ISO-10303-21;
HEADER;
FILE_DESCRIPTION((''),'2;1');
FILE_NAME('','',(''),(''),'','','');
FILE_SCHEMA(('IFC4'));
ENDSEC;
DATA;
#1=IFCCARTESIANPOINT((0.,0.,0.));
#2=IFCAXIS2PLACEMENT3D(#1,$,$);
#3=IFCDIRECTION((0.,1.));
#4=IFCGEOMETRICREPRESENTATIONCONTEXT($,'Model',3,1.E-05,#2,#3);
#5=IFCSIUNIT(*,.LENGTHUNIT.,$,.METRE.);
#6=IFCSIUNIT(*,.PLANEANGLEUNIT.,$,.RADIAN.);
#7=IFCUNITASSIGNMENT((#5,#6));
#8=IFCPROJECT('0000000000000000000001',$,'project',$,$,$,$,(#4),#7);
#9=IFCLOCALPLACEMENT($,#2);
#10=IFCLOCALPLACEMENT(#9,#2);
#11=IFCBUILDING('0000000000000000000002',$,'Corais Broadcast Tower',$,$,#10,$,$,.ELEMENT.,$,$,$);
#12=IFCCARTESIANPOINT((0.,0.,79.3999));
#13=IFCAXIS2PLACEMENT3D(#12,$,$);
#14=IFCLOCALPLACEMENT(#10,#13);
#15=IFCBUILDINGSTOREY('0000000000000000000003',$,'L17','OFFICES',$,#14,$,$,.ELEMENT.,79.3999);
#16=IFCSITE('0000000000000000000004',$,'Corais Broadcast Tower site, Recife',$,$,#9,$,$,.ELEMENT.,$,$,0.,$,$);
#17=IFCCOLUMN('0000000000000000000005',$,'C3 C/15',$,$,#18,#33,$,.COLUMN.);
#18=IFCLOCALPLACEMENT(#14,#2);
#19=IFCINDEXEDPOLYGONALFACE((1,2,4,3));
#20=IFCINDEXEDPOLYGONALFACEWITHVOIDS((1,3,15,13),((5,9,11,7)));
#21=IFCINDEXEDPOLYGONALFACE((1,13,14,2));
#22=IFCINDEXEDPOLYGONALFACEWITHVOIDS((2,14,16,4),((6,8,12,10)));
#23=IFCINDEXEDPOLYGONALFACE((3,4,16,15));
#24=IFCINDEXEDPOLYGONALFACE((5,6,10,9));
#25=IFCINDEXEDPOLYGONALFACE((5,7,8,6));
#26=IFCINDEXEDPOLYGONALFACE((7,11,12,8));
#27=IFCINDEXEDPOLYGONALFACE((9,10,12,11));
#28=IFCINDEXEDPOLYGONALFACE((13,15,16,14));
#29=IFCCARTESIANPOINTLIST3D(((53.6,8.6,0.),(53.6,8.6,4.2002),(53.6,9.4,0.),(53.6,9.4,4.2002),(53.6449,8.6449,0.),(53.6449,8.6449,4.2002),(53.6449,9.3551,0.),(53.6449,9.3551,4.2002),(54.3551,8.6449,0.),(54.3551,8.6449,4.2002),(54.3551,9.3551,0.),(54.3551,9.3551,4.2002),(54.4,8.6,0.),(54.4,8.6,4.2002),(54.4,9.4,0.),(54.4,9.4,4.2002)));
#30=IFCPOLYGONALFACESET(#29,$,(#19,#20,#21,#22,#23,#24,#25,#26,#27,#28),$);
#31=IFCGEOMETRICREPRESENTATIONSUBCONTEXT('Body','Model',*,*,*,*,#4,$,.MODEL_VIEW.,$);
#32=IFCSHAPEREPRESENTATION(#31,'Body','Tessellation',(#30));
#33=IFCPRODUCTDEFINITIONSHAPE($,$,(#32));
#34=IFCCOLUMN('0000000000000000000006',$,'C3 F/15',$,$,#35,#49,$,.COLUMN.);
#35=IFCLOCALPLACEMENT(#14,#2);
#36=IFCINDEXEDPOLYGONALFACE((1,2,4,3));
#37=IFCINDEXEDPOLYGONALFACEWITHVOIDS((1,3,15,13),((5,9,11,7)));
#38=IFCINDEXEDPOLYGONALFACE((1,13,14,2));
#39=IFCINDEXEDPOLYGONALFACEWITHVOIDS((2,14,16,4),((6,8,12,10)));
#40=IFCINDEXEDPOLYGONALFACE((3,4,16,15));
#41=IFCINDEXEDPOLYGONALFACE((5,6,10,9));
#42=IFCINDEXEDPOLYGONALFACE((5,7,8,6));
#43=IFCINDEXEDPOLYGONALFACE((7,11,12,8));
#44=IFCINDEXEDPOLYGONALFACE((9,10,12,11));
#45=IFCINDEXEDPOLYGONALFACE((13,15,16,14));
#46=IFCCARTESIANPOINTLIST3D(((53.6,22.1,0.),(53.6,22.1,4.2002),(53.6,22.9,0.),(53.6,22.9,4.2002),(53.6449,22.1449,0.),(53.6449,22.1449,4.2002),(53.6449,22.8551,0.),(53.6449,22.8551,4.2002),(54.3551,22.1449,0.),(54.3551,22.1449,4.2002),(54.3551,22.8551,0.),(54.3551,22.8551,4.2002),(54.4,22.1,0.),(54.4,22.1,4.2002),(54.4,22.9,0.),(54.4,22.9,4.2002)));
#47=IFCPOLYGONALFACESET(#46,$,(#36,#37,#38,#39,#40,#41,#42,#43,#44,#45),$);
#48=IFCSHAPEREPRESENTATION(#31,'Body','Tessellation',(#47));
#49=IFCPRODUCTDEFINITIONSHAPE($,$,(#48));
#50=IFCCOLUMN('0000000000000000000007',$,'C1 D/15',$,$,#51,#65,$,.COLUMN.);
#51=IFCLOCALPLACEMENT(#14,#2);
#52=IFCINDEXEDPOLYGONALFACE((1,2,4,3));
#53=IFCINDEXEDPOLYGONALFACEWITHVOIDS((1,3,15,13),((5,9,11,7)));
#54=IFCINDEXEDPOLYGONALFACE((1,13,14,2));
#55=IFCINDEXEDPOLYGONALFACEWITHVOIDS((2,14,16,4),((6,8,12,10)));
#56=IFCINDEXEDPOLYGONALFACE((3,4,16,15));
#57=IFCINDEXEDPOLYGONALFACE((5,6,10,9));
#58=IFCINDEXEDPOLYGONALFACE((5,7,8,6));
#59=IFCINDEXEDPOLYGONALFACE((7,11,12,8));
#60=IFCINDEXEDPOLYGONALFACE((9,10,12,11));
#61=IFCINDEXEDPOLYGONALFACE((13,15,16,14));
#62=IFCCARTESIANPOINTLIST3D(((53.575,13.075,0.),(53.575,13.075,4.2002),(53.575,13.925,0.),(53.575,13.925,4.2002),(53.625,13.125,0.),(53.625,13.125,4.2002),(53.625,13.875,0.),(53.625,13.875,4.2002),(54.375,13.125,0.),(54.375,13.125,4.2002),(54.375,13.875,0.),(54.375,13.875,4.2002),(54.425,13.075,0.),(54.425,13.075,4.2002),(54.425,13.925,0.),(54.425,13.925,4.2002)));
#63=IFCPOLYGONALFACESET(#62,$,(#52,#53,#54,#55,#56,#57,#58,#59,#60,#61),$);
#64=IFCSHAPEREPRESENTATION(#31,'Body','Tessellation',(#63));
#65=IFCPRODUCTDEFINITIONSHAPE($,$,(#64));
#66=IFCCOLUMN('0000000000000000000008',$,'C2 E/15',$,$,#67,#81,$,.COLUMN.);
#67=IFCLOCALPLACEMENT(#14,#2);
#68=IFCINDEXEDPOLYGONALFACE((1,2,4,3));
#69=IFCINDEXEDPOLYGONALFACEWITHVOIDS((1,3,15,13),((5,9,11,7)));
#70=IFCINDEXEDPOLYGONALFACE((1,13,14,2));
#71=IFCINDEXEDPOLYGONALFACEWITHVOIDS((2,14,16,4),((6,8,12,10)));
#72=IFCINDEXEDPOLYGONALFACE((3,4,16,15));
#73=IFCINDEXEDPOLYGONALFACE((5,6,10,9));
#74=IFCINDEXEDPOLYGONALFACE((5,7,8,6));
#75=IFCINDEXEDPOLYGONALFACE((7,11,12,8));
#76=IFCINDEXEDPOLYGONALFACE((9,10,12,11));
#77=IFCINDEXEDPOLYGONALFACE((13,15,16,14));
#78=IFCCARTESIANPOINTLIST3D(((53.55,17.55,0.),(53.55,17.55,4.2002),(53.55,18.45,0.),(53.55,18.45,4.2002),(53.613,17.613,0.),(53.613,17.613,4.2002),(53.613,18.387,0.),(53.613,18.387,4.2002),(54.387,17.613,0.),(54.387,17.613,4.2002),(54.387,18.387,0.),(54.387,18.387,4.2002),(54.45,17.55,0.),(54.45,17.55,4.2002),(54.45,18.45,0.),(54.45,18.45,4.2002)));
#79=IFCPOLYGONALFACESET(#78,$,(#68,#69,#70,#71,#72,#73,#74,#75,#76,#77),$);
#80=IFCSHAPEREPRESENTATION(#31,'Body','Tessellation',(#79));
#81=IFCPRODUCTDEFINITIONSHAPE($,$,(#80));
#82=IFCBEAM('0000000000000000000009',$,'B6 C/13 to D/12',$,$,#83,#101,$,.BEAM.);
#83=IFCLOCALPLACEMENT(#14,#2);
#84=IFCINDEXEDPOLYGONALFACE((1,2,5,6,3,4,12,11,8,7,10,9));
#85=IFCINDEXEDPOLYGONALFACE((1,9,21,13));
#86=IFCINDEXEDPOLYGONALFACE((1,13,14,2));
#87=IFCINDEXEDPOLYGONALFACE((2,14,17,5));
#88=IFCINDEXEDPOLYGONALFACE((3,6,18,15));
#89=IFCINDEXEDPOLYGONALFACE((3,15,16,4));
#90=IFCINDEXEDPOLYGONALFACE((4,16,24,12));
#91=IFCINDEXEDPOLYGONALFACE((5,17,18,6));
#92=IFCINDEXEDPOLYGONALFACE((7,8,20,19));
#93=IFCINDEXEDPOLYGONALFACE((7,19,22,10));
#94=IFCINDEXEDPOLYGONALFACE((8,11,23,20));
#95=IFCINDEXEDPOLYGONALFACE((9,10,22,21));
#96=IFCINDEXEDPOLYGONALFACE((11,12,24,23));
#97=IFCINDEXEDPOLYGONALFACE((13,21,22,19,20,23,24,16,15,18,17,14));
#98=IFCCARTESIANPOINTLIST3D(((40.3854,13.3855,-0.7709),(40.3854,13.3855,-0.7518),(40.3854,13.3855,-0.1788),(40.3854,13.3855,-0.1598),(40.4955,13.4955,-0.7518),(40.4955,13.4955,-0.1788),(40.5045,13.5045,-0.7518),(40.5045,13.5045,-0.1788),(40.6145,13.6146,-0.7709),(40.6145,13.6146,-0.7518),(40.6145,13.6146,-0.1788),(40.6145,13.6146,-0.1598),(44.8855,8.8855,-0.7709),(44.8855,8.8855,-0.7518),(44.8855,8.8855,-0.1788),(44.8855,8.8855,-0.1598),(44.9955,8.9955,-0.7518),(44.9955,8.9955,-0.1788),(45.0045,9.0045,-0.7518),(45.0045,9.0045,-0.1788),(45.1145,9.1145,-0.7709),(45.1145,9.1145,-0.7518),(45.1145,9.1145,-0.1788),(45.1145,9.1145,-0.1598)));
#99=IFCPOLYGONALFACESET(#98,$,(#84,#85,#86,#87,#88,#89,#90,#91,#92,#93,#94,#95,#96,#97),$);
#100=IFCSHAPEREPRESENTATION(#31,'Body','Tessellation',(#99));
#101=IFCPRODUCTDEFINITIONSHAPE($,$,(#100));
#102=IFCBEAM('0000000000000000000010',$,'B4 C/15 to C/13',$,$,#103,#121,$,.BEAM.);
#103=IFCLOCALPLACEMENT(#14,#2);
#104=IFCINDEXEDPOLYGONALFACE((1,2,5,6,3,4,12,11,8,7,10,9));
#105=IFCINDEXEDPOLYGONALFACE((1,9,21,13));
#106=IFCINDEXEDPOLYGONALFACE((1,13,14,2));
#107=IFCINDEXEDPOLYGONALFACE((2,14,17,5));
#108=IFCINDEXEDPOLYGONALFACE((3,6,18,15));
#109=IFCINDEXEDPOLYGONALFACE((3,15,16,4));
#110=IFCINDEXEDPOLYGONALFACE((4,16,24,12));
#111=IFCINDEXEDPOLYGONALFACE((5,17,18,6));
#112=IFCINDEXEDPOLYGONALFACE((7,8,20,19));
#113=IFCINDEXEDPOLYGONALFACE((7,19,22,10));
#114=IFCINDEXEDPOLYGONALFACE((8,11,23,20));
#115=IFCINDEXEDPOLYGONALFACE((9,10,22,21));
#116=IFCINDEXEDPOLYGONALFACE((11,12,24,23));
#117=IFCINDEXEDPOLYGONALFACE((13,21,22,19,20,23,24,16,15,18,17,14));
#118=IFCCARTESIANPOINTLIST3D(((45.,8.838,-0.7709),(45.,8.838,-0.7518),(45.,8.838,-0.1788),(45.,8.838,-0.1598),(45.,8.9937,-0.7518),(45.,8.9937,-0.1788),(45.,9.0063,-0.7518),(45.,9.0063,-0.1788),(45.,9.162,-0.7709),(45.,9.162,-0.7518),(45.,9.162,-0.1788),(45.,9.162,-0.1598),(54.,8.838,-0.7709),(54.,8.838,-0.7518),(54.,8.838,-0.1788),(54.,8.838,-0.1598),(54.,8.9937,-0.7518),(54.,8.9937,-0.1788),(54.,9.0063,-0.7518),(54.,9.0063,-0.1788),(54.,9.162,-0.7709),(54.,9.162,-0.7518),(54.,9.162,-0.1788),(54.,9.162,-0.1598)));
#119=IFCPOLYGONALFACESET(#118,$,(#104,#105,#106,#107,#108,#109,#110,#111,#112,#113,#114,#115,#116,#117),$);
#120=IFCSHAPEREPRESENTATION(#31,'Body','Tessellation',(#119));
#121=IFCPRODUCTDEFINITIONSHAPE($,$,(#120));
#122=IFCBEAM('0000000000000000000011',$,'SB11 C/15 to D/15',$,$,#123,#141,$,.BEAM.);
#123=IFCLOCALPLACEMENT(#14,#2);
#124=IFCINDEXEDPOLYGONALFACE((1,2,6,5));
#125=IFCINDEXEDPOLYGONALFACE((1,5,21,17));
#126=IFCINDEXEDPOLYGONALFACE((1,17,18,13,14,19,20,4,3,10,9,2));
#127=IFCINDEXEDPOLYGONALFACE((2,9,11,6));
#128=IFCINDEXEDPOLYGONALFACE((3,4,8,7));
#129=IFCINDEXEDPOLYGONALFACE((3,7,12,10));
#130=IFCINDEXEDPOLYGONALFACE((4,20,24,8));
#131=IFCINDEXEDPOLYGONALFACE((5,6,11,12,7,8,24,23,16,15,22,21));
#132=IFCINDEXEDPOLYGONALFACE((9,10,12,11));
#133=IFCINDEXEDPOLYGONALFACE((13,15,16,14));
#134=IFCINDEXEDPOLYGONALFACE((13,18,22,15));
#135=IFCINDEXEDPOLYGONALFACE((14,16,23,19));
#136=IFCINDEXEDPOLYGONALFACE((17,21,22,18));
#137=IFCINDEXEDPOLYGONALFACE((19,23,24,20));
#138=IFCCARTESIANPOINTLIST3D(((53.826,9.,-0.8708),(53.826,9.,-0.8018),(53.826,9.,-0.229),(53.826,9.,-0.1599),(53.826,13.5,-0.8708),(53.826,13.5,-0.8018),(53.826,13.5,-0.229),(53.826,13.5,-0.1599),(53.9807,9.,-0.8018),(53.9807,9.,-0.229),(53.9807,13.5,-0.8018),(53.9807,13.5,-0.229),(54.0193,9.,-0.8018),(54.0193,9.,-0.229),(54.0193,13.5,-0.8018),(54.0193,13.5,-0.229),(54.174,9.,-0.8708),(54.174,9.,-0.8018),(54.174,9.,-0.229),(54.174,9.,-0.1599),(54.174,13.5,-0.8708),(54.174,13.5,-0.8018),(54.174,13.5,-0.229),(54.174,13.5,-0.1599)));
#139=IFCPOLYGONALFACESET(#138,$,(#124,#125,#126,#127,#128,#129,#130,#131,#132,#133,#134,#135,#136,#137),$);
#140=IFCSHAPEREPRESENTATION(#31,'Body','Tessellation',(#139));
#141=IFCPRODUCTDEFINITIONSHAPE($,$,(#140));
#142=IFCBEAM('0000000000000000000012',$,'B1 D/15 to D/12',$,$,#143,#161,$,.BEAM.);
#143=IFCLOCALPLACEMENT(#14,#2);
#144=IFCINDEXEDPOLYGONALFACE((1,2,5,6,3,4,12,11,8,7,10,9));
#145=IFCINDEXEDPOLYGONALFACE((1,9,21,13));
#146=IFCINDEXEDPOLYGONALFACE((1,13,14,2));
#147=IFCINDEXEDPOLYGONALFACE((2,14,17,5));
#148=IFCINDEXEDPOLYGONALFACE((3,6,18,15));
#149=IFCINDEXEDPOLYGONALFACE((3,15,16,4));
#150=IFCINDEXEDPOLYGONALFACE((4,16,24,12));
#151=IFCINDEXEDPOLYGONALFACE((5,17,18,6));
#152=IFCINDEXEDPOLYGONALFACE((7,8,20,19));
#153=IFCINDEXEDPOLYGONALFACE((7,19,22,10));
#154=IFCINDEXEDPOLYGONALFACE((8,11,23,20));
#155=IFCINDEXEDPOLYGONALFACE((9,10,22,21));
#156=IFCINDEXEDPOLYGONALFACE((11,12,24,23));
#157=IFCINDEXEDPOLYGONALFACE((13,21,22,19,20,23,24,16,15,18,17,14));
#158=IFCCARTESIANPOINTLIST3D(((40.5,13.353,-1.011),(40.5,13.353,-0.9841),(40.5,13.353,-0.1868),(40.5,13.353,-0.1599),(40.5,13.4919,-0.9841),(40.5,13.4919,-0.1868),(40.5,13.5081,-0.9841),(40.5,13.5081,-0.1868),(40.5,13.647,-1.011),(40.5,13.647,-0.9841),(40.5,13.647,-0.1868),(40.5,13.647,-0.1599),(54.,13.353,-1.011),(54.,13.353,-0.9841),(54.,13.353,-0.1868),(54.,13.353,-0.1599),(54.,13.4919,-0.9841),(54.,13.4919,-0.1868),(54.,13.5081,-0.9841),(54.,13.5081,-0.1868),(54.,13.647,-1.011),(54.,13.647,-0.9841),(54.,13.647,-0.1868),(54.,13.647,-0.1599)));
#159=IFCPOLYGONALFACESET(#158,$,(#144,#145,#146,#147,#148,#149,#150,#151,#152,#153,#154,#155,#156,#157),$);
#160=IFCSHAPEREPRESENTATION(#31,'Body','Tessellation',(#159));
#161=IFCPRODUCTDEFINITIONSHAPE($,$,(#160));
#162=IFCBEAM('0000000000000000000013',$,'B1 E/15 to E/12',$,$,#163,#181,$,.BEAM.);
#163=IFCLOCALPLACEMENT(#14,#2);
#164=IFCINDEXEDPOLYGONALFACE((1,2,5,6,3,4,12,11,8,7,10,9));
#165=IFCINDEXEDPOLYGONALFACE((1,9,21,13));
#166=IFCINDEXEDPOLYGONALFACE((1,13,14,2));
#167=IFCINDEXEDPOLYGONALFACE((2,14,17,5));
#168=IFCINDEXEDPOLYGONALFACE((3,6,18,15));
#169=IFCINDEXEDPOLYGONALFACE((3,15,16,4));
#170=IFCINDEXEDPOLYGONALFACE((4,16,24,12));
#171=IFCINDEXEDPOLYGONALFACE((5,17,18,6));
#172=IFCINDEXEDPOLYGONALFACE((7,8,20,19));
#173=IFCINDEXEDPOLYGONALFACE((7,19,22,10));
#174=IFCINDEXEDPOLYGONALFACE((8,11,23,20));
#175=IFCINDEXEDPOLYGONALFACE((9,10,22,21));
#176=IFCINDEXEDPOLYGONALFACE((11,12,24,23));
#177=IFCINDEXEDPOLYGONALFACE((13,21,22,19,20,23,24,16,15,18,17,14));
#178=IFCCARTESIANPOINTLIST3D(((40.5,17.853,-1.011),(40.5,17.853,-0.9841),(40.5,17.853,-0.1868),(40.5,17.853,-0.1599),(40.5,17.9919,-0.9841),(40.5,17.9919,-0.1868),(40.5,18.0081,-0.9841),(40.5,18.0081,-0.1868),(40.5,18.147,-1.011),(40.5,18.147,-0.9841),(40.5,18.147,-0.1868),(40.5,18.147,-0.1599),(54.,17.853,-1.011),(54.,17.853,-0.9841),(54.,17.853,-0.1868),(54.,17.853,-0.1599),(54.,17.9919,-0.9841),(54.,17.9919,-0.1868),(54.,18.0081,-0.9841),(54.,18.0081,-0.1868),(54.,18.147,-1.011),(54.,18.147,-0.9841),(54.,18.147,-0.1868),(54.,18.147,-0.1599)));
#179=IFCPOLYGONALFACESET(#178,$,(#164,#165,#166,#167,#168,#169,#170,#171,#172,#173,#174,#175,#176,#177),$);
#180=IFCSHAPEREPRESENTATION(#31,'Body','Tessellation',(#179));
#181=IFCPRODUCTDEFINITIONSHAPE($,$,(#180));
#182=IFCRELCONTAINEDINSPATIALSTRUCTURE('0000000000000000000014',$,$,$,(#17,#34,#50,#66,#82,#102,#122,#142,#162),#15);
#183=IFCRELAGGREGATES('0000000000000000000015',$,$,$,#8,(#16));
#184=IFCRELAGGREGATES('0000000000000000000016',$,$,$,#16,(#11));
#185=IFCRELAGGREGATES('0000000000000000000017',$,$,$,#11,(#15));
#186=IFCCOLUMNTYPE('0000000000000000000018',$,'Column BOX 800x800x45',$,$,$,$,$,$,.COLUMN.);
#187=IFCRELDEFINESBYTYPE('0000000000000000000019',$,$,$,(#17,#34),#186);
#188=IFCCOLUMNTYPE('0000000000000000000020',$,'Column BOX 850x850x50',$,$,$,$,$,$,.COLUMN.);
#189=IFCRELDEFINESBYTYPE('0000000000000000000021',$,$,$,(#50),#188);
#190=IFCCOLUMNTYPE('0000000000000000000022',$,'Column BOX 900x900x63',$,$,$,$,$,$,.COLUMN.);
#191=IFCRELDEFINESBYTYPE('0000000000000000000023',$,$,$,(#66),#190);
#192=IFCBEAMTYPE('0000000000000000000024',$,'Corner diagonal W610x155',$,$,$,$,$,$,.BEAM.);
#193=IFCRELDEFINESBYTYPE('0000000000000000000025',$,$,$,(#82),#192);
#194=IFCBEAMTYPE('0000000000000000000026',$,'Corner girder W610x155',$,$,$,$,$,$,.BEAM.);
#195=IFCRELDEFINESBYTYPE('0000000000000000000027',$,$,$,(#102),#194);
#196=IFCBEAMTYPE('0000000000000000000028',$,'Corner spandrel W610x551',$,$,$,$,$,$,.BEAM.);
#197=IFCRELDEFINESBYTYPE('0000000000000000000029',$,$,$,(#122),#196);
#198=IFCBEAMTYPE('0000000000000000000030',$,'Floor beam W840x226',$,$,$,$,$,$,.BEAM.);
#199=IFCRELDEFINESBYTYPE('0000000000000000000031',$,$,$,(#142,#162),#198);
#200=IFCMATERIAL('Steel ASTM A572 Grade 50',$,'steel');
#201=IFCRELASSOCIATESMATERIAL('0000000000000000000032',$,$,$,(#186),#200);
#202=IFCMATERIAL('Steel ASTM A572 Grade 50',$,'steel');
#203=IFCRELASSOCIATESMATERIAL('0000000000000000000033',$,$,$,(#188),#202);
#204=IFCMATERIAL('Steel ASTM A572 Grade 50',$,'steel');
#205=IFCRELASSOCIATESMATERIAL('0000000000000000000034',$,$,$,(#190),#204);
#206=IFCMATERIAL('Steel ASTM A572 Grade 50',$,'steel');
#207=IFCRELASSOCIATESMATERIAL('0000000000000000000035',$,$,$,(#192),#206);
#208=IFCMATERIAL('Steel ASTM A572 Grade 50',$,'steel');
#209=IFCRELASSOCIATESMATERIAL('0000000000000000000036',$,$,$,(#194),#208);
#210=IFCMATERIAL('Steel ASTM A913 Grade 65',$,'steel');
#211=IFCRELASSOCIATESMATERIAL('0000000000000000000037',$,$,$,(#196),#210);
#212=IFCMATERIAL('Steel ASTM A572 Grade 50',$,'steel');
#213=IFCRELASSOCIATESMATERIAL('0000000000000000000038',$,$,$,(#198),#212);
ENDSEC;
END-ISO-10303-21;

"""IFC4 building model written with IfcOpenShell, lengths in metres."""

from ifc_helpers import new_model, si_unit, direction, frame, origin, origin_2d, place, context, subcontext, project, spatial, hollow_rectangle, i_section, extrude, material, material_profile, profile_set, type_object, element, save


model = new_model("IFC4")

# Units and contexts
model_context = context("Model", 3, precision=1e-05, world=origin(), true_north=direction((0.0, 1.0)))
body_context = subcontext(model_context, "Body", "Model", "MODEL_VIEW")
ifc_project = project(units=[si_unit("LENGTHUNIT", "METRE"), si_unit("PLANEANGLEUNIT", "RADIAN")], contexts=[model_context])

# Site, building, storey
site_placement = place(None, origin())
site = spatial("IfcSite", under=ifc_project, at=site_placement, Name="Corais Broadcast Tower site, Recife", CompositionType="ELEMENT", RefElevation=0.0)
building_placement = place(site_placement, origin())
building = spatial("IfcBuilding", under=site, at=building_placement, Name="Corais Broadcast Tower", CompositionType="ELEMENT")
storey_placement = place(building_placement, frame((0.0, 0.0, 79.3999)))
storey = spatial("IfcBuildingStorey", under=building, at=storey_placement, Name="L17", Description="OFFICES", CompositionType="ELEMENT", Elevation=79.3999)

# Columns
ifc_material_1 = material(Name="Steel ASTM A572 Grade 50", Category="steel")
ifc_material_profile_1 = material_profile(ifc_material_1, hollow_rectangle(XDim=0.8, YDim=0.8, WallThickness=0.0449, at=origin_2d()), Name="BOX 800x800x45")
ifc_profile_set_1 = profile_set([ifc_material_profile_1], Name="Steel ASTM A572 Grade 50")
column_type_1 = type_object("IfcColumnType", Name="Column BOX 800x800x45", PredefinedType="COLUMN", material=ifc_profile_set_1)
for number, where, z_axis, x_axis, name in (
    (1, (54.0, 9.0, 0.0), (0.0, 0.0, 1.0), (1.0, 0.0, 0.0), "C3 C/15"),
    (2, (54.0, 22.5, 0.0), (0.0, 0.0, 1.0), (1.0, 0.0, 0.0), "C3 F/15"),
):
    element("IfcColumn", number, at=place(storey_placement, frame(where, z_axis=z_axis, x_axis=x_axis)), inside=storey, type_object=column_type_1, Name=name, PredefinedType="COLUMN", context=body_context, shape_type="SweptSolid", body=[
        extrude(hollow_rectangle(XDim=0.8, YDim=0.8, WallThickness=0.0449, at=origin_2d()), origin(), (0.0, 0.0, 1.0), 4.2002),
    ])
ifc_material_2 = material(Name="Steel ASTM A572 Grade 50", Category="steel")
ifc_material_profile_2 = material_profile(ifc_material_2, hollow_rectangle(XDim=0.8501, YDim=0.8501, WallThickness=0.05, at=origin_2d()), Name="BOX 850x850x50")
ifc_profile_set_2 = profile_set([ifc_material_profile_2], Name="Steel ASTM A572 Grade 50")
column_type_2 = type_object("IfcColumnType", Name="Column BOX 850x850x50", PredefinedType="COLUMN", material=ifc_profile_set_2)
column_1_placement = place(storey_placement, frame((54.0, 13.5, 0.0), z_axis=(0.0, 0.0, 1.0), x_axis=(1.0, 0.0, 0.0)))
element("IfcColumn", 3, at=column_1_placement, inside=storey, type_object=column_type_2, Name="C1 D/15", PredefinedType="COLUMN", context=body_context, shape_type="SweptSolid", body=[
    extrude(hollow_rectangle(XDim=0.8501, YDim=0.8501, WallThickness=0.05, at=origin_2d()), origin(), (0.0, 0.0, 1.0), 4.2002),
])
ifc_material_3 = material(Name="Steel ASTM A572 Grade 50", Category="steel")
ifc_material_profile_3 = material_profile(ifc_material_3, hollow_rectangle(XDim=0.8999, YDim=0.8999, WallThickness=0.063, at=origin_2d()), Name="BOX 900x900x63")
ifc_profile_set_3 = profile_set([ifc_material_profile_3], Name="Steel ASTM A572 Grade 50")
column_type_3 = type_object("IfcColumnType", Name="Column BOX 900x900x63", PredefinedType="COLUMN", material=ifc_profile_set_3)
column_2_placement = place(storey_placement, frame((54.0, 18.0, 0.0), z_axis=(0.0, 0.0, 1.0), x_axis=(1.0, 0.0, 0.0)))
element("IfcColumn", 4, at=column_2_placement, inside=storey, type_object=column_type_3, Name="C2 E/15", PredefinedType="COLUMN", context=body_context, shape_type="SweptSolid", body=[
    extrude(hollow_rectangle(XDim=0.8999, YDim=0.8999, WallThickness=0.063, at=origin_2d()), origin(), (0.0, 0.0, 1.0), 4.2002),
])

# Beams
ifc_material_4 = material(Name="Steel ASTM A572 Grade 50", Category="steel")
ifc_material_profile_4 = material_profile(ifc_material_4, i_section(OverallWidth=0.324, OverallDepth=0.6111, WebThickness=0.0127, FlangeThickness=0.019, at=origin_2d()), Name="W610x155")
ifc_profile_set_4 = profile_set([ifc_material_profile_4], Name="Steel ASTM A572 Grade 50")
beam_type_1 = type_object("IfcBeamType", Name="Corner diagonal W610x155", PredefinedType="BEAM", material=ifc_profile_set_4)
beam_1_placement = place(storey_placement, frame((45.0, 9.0, -0.4653), z_axis=(-0.707107, 0.707107, 0.0), x_axis=(-0.707107, -0.707107, 0.0)))
element("IfcBeam", 5, at=beam_1_placement, inside=storey, type_object=beam_type_1, Name="B6 C/13 to D/12", PredefinedType="BEAM", context=body_context, shape_type="SweptSolid", body=[
    extrude(i_section(OverallWidth=0.324, OverallDepth=0.6111, WebThickness=0.0127, FlangeThickness=0.019, at=origin_2d()), origin(), (0.0, 0.0, 1.0), 6.364),
])
ifc_material_5 = material(Name="Steel ASTM A572 Grade 50", Category="steel")
ifc_material_profile_5 = material_profile(ifc_material_5, i_section(OverallWidth=0.324, OverallDepth=0.6111, WebThickness=0.0127, FlangeThickness=0.019, at=origin_2d()), Name="W610x155")
ifc_profile_set_5 = profile_set([ifc_material_profile_5], Name="Steel ASTM A572 Grade 50")
beam_type_2 = type_object("IfcBeamType", Name="Corner girder W610x155", PredefinedType="BEAM", material=ifc_profile_set_5)
beam_2_placement = place(storey_placement, frame((54.0, 9.0, -0.4653), z_axis=(-1.0, 0.0, 0.0), x_axis=(0.0, -1.0, 0.0)))
element("IfcBeam", 6, at=beam_2_placement, inside=storey, type_object=beam_type_2, Name="B4 C/15 to C/13", PredefinedType="BEAM", context=body_context, shape_type="SweptSolid", body=[
    extrude(i_section(OverallWidth=0.324, OverallDepth=0.6111, WebThickness=0.0127, FlangeThickness=0.019, at=origin_2d()), origin(), (0.0, 0.0, 1.0), 9.0),
])
ifc_material_6 = material(Name="Steel ASTM A913 Grade 65", Category="steel")
ifc_material_profile_6 = material_profile(ifc_material_6, i_section(OverallWidth=0.3479, OverallDepth=0.7109, WebThickness=0.0386, FlangeThickness=0.0691, at=origin_2d()), Name="W610x551")
ifc_profile_set_6 = profile_set([ifc_material_profile_6], Name="Steel ASTM A913 Grade 65")
beam_type_3 = type_object("IfcBeamType", Name="Corner spandrel W610x551", PredefinedType="BEAM", material=ifc_profile_set_6)
beam_3_placement = place(storey_placement, frame((54.0, 9.0, -0.5154), z_axis=(0.0, 1.0, 0.0), x_axis=(-1.0, 0.0, 0.0)))
element("IfcBeam", 7, at=beam_3_placement, inside=storey, type_object=beam_type_3, Name="SB11 C/15 to D/15", PredefinedType="BEAM", context=body_context, shape_type="SweptSolid", body=[
    extrude(i_section(OverallWidth=0.3479, OverallDepth=0.7109, WebThickness=0.0386, FlangeThickness=0.0691, at=origin_2d()), origin(), (0.0, 0.0, 1.0), 4.5),
])
ifc_material_7 = material(Name="Steel ASTM A572 Grade 50", Category="steel")
ifc_material_profile_7 = material_profile(ifc_material_7, i_section(OverallWidth=0.2939, OverallDepth=0.8511, WebThickness=0.0161, FlangeThickness=0.0269, at=origin_2d()), Name="W840x226")
ifc_profile_set_7 = profile_set([ifc_material_profile_7], Name="Steel ASTM A572 Grade 50")
beam_type_4 = type_object("IfcBeamType", Name="Floor beam W840x226", PredefinedType="BEAM", material=ifc_profile_set_7)
for number, where, z_axis, x_axis, name in (
    (8, (54.0, 13.5, -0.5854), (-1.0, 0.0, 0.0), (0.0, -1.0, 0.0), "B1 D/15 to D/12"),
    (9, (54.0, 18.0, -0.5854), (-1.0, 0.0, 0.0), (0.0, -1.0, 0.0), "B1 E/15 to E/12"),
):
    element("IfcBeam", number, at=place(storey_placement, frame(where, z_axis=z_axis, x_axis=x_axis)), inside=storey, type_object=beam_type_4, Name=name, PredefinedType="BEAM", context=body_context, shape_type="SweptSolid", body=[
        extrude(i_section(OverallWidth=0.2939, OverallDepth=0.8511, WebThickness=0.0161, FlangeThickness=0.0269, at=origin_2d()), origin(), (0.0, 0.0, 1.0), 13.5),
    ])

save(model, "model.ifc")
